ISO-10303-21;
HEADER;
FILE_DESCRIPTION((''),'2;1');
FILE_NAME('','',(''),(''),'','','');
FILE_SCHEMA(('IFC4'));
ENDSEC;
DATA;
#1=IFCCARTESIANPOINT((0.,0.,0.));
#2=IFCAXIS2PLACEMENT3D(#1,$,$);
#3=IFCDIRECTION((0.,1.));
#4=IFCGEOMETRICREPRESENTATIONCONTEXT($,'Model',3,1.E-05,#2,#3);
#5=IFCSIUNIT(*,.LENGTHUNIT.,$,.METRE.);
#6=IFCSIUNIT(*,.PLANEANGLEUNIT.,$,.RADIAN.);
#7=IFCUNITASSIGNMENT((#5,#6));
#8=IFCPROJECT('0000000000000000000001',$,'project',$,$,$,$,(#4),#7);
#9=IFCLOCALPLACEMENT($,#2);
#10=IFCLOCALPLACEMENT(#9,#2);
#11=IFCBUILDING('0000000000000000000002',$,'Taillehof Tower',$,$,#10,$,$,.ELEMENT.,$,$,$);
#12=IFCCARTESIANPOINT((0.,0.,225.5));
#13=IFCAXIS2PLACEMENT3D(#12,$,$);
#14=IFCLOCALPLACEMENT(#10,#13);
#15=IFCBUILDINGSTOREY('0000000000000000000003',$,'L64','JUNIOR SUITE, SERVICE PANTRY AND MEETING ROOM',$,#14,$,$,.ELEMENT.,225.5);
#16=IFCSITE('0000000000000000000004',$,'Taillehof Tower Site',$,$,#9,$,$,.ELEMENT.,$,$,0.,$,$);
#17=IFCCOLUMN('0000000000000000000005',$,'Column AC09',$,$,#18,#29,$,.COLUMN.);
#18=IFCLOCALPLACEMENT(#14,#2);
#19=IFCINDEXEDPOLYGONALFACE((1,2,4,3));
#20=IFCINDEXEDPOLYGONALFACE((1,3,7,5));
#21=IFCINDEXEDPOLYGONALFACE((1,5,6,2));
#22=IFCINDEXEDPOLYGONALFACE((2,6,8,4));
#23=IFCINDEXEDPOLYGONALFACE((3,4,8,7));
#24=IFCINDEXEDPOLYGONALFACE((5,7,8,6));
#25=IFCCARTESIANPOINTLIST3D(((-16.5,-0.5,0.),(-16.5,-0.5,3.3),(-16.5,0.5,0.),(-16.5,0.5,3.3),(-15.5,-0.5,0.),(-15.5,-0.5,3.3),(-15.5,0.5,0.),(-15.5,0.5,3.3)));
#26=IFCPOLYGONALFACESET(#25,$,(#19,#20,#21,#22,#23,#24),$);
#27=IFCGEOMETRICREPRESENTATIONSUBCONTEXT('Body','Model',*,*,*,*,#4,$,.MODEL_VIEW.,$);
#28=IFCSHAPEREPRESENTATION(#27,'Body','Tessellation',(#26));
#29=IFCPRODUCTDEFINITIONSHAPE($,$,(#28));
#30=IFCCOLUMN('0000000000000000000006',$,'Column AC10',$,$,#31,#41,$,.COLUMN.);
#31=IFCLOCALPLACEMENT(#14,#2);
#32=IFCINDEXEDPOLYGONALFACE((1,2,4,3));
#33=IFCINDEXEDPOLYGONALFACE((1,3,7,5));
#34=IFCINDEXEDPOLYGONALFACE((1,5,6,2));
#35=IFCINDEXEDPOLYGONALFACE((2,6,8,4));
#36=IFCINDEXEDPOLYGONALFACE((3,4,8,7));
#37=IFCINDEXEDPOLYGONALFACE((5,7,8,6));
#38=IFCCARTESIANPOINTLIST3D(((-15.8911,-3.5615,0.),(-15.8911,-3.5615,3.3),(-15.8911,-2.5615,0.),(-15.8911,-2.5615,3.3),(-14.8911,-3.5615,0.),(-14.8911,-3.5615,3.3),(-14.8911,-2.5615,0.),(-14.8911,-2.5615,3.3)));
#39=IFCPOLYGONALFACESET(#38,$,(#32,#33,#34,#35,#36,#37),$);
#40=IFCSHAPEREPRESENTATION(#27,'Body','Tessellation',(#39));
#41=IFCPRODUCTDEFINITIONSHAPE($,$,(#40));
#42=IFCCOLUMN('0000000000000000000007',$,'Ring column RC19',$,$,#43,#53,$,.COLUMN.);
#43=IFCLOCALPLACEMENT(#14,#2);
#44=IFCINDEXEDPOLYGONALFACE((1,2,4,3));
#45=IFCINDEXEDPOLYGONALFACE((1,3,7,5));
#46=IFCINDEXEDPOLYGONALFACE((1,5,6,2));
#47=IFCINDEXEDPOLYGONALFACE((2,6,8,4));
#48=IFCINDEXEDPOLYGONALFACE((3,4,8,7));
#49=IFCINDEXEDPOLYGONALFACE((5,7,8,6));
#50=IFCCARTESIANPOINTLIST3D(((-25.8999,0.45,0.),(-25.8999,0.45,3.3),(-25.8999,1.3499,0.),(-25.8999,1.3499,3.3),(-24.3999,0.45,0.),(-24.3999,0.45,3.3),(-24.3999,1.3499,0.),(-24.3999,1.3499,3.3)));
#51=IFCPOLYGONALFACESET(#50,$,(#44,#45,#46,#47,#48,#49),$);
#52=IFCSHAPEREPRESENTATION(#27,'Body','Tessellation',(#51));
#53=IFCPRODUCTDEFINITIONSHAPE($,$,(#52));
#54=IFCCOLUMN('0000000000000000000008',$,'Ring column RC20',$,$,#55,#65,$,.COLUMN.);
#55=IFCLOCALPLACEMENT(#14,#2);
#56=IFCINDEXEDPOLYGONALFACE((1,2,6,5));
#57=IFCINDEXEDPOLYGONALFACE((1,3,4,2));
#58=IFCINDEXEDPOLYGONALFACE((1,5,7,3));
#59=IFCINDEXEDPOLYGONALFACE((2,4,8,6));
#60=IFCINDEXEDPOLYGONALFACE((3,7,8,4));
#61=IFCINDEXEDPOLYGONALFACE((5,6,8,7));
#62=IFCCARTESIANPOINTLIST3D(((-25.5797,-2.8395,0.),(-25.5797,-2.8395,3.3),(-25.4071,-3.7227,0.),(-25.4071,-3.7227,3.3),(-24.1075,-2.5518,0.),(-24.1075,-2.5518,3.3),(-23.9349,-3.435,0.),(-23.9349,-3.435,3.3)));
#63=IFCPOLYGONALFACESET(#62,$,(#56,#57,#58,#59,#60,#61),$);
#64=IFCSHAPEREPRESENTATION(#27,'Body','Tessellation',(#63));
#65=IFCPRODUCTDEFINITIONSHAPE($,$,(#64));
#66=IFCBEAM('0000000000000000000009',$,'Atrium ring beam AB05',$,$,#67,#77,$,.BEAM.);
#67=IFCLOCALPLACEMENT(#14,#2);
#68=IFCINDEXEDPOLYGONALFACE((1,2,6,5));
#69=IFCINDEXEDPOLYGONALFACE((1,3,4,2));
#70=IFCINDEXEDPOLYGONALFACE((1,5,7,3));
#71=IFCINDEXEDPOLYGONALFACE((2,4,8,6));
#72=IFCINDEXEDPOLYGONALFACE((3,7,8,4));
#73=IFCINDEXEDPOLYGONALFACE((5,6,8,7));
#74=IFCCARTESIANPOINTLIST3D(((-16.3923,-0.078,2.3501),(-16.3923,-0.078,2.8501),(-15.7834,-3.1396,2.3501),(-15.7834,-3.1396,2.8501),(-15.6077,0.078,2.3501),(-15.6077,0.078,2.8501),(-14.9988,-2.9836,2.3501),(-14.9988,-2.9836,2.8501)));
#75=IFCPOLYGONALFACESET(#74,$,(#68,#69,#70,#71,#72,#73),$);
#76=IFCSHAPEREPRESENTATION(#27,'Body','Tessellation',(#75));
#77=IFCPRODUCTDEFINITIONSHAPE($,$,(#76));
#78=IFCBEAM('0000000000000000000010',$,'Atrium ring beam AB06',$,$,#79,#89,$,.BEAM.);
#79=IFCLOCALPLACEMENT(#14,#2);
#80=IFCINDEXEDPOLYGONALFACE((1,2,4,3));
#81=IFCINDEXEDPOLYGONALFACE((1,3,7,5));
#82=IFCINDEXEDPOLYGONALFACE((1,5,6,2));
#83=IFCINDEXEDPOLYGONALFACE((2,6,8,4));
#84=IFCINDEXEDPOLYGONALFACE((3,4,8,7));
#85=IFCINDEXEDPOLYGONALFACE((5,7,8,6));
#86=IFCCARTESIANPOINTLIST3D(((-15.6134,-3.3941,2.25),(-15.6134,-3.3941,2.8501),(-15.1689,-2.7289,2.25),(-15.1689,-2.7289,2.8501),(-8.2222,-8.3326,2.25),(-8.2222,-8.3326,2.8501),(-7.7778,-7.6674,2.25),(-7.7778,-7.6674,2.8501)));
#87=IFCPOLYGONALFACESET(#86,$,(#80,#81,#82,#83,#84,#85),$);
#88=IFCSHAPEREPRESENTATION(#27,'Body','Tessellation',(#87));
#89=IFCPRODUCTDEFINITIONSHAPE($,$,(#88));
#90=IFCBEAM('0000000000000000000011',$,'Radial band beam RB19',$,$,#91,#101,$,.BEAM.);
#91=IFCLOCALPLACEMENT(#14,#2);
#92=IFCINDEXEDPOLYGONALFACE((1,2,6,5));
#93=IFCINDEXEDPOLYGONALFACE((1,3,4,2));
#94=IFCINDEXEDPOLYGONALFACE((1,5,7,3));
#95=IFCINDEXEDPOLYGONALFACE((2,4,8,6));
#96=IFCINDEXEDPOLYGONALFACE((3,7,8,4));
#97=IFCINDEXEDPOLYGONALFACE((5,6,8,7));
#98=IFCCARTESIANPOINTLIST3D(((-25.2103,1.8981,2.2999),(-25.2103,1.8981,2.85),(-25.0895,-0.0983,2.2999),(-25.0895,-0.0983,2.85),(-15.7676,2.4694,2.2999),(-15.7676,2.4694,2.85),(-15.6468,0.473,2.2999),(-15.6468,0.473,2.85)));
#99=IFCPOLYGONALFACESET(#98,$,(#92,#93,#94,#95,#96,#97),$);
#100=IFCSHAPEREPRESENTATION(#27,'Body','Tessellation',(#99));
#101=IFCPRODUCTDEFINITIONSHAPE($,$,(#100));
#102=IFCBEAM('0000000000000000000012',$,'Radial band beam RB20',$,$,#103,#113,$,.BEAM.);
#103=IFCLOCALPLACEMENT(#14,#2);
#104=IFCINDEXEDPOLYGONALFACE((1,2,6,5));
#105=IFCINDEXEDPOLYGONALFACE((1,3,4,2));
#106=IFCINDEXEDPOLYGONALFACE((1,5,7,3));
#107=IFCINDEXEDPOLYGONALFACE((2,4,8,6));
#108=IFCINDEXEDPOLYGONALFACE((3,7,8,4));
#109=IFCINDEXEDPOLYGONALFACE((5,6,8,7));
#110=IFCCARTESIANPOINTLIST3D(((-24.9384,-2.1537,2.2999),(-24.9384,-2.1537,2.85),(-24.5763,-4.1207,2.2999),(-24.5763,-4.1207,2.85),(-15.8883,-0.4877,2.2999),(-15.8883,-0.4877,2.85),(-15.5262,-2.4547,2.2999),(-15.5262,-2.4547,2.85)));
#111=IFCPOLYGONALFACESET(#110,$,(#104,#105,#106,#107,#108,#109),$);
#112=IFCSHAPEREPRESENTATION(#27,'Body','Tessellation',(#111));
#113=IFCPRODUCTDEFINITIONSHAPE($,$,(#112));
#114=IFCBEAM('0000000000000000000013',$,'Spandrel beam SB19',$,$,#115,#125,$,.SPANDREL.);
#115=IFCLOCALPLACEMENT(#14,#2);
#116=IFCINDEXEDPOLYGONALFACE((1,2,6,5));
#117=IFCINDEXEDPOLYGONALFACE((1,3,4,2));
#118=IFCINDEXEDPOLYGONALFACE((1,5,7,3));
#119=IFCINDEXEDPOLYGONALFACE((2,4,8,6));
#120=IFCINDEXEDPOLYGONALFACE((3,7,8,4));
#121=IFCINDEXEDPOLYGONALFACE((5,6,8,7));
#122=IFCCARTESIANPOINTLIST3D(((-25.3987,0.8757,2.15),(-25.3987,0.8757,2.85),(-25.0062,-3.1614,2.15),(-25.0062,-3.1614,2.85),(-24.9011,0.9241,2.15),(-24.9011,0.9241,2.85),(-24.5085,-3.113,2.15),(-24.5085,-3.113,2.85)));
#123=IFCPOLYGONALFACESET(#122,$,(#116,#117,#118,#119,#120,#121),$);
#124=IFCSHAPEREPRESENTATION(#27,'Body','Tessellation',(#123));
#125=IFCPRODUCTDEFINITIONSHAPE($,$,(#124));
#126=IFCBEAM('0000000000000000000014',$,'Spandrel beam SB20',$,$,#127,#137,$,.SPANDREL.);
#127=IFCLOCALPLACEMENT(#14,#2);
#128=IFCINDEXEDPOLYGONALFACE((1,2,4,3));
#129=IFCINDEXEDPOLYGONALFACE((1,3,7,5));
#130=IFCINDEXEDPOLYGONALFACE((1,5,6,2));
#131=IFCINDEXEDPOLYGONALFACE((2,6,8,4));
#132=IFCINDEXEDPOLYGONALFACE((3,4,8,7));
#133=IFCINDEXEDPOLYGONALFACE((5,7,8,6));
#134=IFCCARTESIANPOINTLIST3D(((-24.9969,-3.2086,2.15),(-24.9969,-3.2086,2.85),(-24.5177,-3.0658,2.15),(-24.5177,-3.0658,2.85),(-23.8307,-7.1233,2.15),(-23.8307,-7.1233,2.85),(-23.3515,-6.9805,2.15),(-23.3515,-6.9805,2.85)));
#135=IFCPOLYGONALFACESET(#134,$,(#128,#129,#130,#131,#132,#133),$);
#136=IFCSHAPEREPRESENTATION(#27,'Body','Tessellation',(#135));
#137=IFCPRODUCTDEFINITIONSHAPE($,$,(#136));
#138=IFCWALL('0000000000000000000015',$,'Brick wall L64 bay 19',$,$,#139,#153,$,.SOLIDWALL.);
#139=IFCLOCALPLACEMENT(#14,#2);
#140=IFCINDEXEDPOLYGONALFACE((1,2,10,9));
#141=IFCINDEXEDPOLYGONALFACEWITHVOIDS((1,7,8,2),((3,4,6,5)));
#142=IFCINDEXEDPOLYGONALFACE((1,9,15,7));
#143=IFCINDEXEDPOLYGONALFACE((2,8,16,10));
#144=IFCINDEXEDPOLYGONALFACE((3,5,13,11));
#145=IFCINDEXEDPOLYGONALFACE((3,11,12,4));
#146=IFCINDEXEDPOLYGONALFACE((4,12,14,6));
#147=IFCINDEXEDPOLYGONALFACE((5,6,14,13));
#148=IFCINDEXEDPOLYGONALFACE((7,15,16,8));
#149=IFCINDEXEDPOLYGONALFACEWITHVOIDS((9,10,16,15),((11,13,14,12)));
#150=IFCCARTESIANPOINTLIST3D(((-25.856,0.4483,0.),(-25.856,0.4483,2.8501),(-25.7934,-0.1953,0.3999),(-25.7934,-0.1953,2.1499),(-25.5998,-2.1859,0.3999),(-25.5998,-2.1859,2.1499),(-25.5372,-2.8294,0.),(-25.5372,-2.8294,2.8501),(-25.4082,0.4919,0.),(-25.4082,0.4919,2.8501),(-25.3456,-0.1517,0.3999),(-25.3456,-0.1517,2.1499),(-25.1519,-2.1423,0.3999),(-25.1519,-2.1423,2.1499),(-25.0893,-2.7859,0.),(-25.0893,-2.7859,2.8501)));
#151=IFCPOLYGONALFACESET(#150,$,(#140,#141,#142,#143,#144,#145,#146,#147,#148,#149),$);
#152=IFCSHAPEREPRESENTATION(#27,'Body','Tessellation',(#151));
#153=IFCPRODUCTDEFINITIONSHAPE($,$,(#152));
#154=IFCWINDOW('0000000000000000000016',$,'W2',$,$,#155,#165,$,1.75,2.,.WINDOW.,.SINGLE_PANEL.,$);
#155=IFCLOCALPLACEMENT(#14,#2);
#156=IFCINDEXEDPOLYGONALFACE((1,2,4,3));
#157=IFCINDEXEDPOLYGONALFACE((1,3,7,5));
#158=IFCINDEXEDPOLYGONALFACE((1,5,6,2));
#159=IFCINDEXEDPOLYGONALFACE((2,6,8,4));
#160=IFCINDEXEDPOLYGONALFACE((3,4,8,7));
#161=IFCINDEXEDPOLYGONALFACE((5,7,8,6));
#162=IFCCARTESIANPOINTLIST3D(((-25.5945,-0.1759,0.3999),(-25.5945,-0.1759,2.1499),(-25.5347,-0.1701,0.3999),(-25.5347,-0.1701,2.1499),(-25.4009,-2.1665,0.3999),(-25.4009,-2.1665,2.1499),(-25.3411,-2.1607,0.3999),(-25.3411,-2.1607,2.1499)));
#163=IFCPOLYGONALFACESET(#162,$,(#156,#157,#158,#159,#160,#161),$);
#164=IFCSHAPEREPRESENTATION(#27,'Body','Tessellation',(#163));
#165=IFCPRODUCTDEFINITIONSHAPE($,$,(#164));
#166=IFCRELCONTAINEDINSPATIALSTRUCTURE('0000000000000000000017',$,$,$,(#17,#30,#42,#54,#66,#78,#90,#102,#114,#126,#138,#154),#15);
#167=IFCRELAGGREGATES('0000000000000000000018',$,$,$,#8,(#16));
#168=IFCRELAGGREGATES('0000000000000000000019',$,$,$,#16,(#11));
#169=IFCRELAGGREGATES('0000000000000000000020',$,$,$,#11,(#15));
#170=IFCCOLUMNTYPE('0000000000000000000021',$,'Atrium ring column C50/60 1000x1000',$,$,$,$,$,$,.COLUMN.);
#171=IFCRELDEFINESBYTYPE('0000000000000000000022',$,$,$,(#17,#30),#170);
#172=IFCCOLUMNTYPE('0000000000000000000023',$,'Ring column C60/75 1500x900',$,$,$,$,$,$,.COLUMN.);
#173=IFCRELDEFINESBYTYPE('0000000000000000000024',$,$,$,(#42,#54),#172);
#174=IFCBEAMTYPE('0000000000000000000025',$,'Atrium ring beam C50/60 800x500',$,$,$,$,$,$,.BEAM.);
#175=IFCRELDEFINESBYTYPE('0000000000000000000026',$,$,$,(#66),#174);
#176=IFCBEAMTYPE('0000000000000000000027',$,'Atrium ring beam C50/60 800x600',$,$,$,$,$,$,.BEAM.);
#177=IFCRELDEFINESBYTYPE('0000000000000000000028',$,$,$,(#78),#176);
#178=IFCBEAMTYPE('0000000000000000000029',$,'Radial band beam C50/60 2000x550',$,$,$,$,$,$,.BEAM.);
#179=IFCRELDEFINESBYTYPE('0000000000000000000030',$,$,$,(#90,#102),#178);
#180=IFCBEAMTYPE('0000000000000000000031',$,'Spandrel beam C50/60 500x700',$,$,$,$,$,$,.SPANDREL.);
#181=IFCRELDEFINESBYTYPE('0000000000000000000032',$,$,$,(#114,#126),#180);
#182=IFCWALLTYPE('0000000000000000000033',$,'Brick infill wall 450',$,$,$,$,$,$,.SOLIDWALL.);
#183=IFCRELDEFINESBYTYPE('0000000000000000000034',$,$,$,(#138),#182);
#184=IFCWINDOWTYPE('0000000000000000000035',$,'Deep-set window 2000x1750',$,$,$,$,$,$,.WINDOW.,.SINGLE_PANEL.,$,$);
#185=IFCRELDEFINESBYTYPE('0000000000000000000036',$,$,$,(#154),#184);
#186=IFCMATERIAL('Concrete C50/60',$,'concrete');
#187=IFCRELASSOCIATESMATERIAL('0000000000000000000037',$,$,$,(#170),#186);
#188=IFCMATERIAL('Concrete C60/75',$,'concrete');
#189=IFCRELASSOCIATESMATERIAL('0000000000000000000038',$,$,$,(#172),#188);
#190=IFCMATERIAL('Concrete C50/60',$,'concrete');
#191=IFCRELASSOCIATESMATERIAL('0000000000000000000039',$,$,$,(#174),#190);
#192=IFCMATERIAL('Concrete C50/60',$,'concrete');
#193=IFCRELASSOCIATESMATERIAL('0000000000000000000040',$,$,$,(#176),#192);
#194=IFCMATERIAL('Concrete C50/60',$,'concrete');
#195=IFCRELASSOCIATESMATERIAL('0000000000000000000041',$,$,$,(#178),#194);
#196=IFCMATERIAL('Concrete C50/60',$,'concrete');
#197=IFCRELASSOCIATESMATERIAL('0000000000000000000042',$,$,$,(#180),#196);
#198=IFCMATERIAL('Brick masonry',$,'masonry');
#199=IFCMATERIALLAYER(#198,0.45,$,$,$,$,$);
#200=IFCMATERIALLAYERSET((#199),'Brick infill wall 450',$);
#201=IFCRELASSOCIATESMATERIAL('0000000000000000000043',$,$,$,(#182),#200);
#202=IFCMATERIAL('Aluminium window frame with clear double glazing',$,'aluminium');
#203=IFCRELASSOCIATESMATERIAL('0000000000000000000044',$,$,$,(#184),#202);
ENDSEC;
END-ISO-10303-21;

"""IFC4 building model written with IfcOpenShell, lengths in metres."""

from ifc_helpers import new_model, si_unit, direction, frame, frame_2d, origin, origin_2d, place, context, subcontext, project, spatial, rectangle, extrude, material, layer, layer_set, material_profile, profile_set, type_object, element, fill, save


model = new_model("IFC4")

# Units and contexts
model_context = context("Model", 3, precision=1e-05, world=origin(), true_north=direction((0.0, 1.0)))
body_context = subcontext(model_context, "Body", "Model", "MODEL_VIEW")
ifc_project = project(units=[si_unit("LENGTHUNIT", "METRE"), si_unit("PLANEANGLEUNIT", "RADIAN")], contexts=[model_context])

# Site, building, storey
site_placement = place(None, origin())
site = spatial("IfcSite", under=ifc_project, at=site_placement, Name="Taillehof Tower Site", CompositionType="ELEMENT", RefElevation=0.0)
building_placement = place(site_placement, origin())
building = spatial("IfcBuilding", under=site, at=building_placement, Name="Taillehof Tower", CompositionType="ELEMENT")
storey_placement = place(building_placement, frame((0.0, 0.0, 225.5)))
storey = spatial("IfcBuildingStorey", under=building, at=storey_placement, Name="L64", Description="JUNIOR SUITE, SERVICE PANTRY AND MEETING ROOM", CompositionType="ELEMENT", Elevation=225.5)

# Columns
ifc_material_1 = material(Name="Concrete C50/60", Category="concrete")
ifc_material_profile_1 = material_profile(ifc_material_1, rectangle(XDim=1.0, YDim=1.0, at=origin_2d()), Name="RC 1000x1000")
ifc_profile_set_1 = profile_set([ifc_material_profile_1], Name="Concrete C50/60")
column_type_1 = type_object("IfcColumnType", Name="Atrium ring column C50/60 1000x1000", PredefinedType="COLUMN", material=ifc_profile_set_1)
for number, where, z_axis, x_axis, name in (
    (1, (-16.0, 0.0, 0.0), (0.0, 0.0, 1.0), (1.0, 0.0, 0.0), "Column AC09"),
    (2, (-15.3911, -3.0615, 0.0), (0.0, 0.0, 1.0), (1.0, 0.0, 0.0), "Column AC10"),
):
    element("IfcColumn", number, at=place(storey_placement, frame(where, z_axis=z_axis, x_axis=x_axis)), inside=storey, type_object=column_type_1, Name=name, PredefinedType="COLUMN", context=body_context, shape_type="SweptSolid", body=[
        extrude(rectangle(XDim=1.0, YDim=1.0, at=origin_2d()), origin(), (0.0, 0.0, 1.0), 3.3),
    ])
ifc_material_2 = material(Name="Concrete C60/75", Category="concrete")
ifc_material_profile_2 = material_profile(ifc_material_2, rectangle(XDim=1.5, YDim=0.8999, at=origin_2d()), Name="RC 1500x900")
ifc_profile_set_2 = profile_set([ifc_material_profile_2], Name="Concrete C60/75")
column_type_2 = type_object("IfcColumnType", Name="Ring column C60/75 1500x900", PredefinedType="COLUMN", material=ifc_profile_set_2)
for number, where, z_axis, x_axis, name in (
    (3, (-25.1499, 0.8999, 0.0), (0.0, 0.0, 1.0), (-1.0, 0.0, 0.0), "Ring column RC19"),
    (4, (-24.7573, -3.1372, 0.0), (0.0, 0.0, 1.0), (-0.981434, -0.191801, 0.0), "Ring column RC20"),
):
    element("IfcColumn", number, at=place(storey_placement, frame(where, z_axis=z_axis, x_axis=x_axis)), inside=storey, type_object=column_type_2, Name=name, PredefinedType="COLUMN", context=body_context, shape_type="SweptSolid", body=[
        extrude(rectangle(XDim=1.5, YDim=0.8999, at=origin_2d()), origin(), (0.0, 0.0, 1.0), 3.3),
    ])

# Beams
ifc_material_3 = material(Name="Concrete C50/60", Category="concrete")
ifc_material_profile_3 = material_profile(ifc_material_3, rectangle(XDim=0.8, YDim=0.5, at=origin_2d()), Name="RC 800x500")
ifc_profile_set_3 = profile_set([ifc_material_profile_3], Name="Concrete C50/60")
beam_type_1 = type_object("IfcBeamType", Name="Atrium ring beam C50/60 800x500", PredefinedType="BEAM", material=ifc_profile_set_3)
beam_1_placement = place(storey_placement, frame((-16.0, 0.0, 2.6001), z_axis=(0.195063, -0.980791, 0.0), x_axis=(0.980791, 0.195063, 0.0)))
element("IfcBeam", 5, at=beam_1_placement, inside=storey, type_object=beam_type_1, Name="Atrium ring beam AB05", PredefinedType="BEAM", context=body_context, shape_type="SweptSolid", body=[
    extrude(rectangle(XDim=0.8, YDim=0.5, at=origin_2d()), origin(), (0.0, 0.0, 1.0), 3.1216),
])
ifc_material_4 = material(Name="Concrete C50/60", Category="concrete")
ifc_material_profile_4 = material_profile(ifc_material_4, rectangle(XDim=0.8, YDim=0.6001, at=origin_2d()), Name="RC 800x600")
ifc_profile_set_4 = profile_set([ifc_material_profile_4], Name="Concrete C50/60")
beam_type_2 = type_object("IfcBeamType", Name="Atrium ring beam C50/60 800x600", PredefinedType="BEAM", material=ifc_profile_set_4)
beam_2_placement = place(storey_placement, frame((-15.3911, -3.0615, 2.55), z_axis=(0.831475, -0.555562, 0.0), x_axis=(0.555562, 0.831475, 0.0)))
element("IfcBeam", 6, at=beam_2_placement, inside=storey, type_object=beam_type_2, Name="Atrium ring beam AB06", PredefinedType="BEAM", context=body_context, shape_type="SweptSolid", body=[
    extrude(rectangle(XDim=0.8, YDim=0.6001, at=origin_2d()), origin(), (0.0, 0.0, 1.0), 8.8892),
])
ifc_material_5 = material(Name="Concrete C50/60", Category="concrete")
ifc_material_profile_5 = material_profile(ifc_material_5, rectangle(XDim=2.0, YDim=0.55, at=origin_2d()), Name="RC 2000x550")
ifc_profile_set_5 = profile_set([ifc_material_profile_5], Name="Concrete C50/60")
beam_type_3 = type_object("IfcBeamType", Name="Radial band beam C50/60 2000x550", PredefinedType="BEAM", material=ifc_profile_set_5)
beam_3_placement = place(storey_placement, frame((-25.1499, 0.8999, 2.575), z_axis=(0.998175, 0.060391, 0.0), x_axis=(-0.060391, 0.998175, 0.0)))
element("IfcBeam", 7, at=beam_3_placement, inside=storey, type_object=beam_type_3, Name="Radial band beam RB19", PredefinedType="BEAM", context=body_context, shape_type="SweptSolid", body=[
    extrude(rectangle(XDim=2.0, YDim=0.55, at=origin_2d()), origin(), (0.0, 0.0, 1.0), 9.46),
])
beam_4_placement = place(storey_placement, frame((-24.7573, -3.1372, 2.575), z_axis=(0.983474, 0.181047, 0.0), x_axis=(-0.181047, 0.983474, 0.0)))
element("IfcBeam", 8, at=beam_4_placement, inside=storey, type_object=beam_type_3, Name="Radial band beam RB20", PredefinedType="BEAM", context=body_context, shape_type="SweptSolid", body=[
    extrude(rectangle(XDim=2.0, YDim=0.55, at=origin_2d()), origin(), (0.0, 0.0, 1.0), 9.2021),
])
ifc_material_6 = material(Name="Concrete C50/60", Category="concrete")
ifc_material_profile_6 = material_profile(ifc_material_6, rectangle(XDim=0.5, YDim=0.7, at=origin_2d()), Name="RC 500x700")
ifc_profile_set_6 = profile_set([ifc_material_profile_6], Name="Concrete C50/60")
beam_type_4 = type_object("IfcBeamType", Name="Spandrel beam C50/60 500x700", PredefinedType="SPANDREL", material=ifc_profile_set_6)
beam_5_placement = place(storey_placement, frame((-25.1499, 0.8999, 2.5), z_axis=(0.096786, -0.995305, 0.0), x_axis=(0.995305, 0.096786, 0.0)))
element("IfcBeam", 9, at=beam_5_placement, inside=storey, type_object=beam_type_4, Name="Spandrel beam SB19", PredefinedType="SPANDREL", context=body_context, shape_type="SweptSolid", body=[
    extrude(rectangle(XDim=0.5, YDim=0.7, at=origin_2d()), origin(), (0.0, 0.0, 1.0), 4.0562),
])
beam_6_placement = place(storey_placement, frame((-24.7573, -3.1372, 2.5), z_axis=(0.28551, -0.958376, 0.0), x_axis=(0.958376, 0.28551, 0.0)))
element("IfcBeam", 10, at=beam_6_placement, inside=storey, type_object=beam_type_4, Name="Spandrel beam SB20", PredefinedType="SPANDREL", context=body_context, shape_type="SweptSolid", body=[
    extrude(rectangle(XDim=0.5, YDim=0.7, at=origin_2d()), origin(), (0.0, 0.0, 1.0), 4.0847),
])

# Wall, opening, window
ifc_material_7 = material(Name="Brick masonry", Category="masonry")
ifc_layer_1 = layer(ifc_material_7, 0.45)
ifc_layer_set_1 = layer_set([ifc_layer_1], Name="Brick infill wall 450")
wall_type_1 = type_object("IfcWallType", Name="Brick infill wall 450", PredefinedType="SOLIDWALL", material=ifc_layer_set_1)
wall_1_placement = place(storey_placement, frame((-25.6321, 0.47, 0.0), z_axis=(0.0, 0.0, 1.0), x_axis=(0.096817, -0.995302, 0.0)))
wall_1 = element("IfcWall", 11, at=wall_1_placement, inside=storey, type_object=wall_type_1, Name="Brick wall L64 bay 19", PredefinedType="SOLIDWALL", context=body_context, shape_type="SweptSolid", body=[
    extrude(rectangle(XDim=3.2932, YDim=0.45, at=frame_2d((1.6465, 0.0))), origin(), (0.0, 0.0, 1.0), 2.8501),
])
opening_1_placement = place(wall_1_placement, frame((0.6465, 0.0, 0.3999)))
opening_1 = element("IfcOpeningElement", 12, at=opening_1_placement, cuts=wall_1, PredefinedType="OPENING", context=body_context, shape_type="SweptSolid", body=[
    extrude(rectangle(XDim=2.0, YDim=1.75, at=frame_2d((1.0, 0.875))), frame((0.0, 0.2349, 0.0), z_axis=(0.0, -1.0, 0.0), x_axis=(1.0, 0.0, 0.0)), (0.0, 0.0, 1.0), 0.47),
])
ifc_material_8 = material(Name="Aluminium window frame with clear double glazing", Category="aluminium")
window_type_1 = type_object("IfcWindowType", Name="Deep-set window 2000x1750", PartitioningType="SINGLE_PANEL", PredefinedType="WINDOW", material=ifc_material_8)
window_1_placement = place(opening_1_placement, origin())
window_1 = element("IfcWindow", 13, at=window_1_placement, inside=storey, type_object=window_type_1, Name="W2", OverallHeight=1.75, OverallWidth=2.0, PartitioningType="SINGLE_PANEL", PredefinedType="WINDOW", context=body_context, shape_type="SweptSolid", body=[
    extrude(rectangle(XDim=2.0, YDim=1.75, at=frame_2d((1.0, 0.875))), frame((0.0, 0.0349, 0.0), z_axis=(0.0, -1.0, 0.0), x_axis=(1.0, 0.0, 0.0)), (0.0, 0.0, 1.0), 0.0601),
])
fill(opening_1, window_1)

save(model, "model.ifc")
